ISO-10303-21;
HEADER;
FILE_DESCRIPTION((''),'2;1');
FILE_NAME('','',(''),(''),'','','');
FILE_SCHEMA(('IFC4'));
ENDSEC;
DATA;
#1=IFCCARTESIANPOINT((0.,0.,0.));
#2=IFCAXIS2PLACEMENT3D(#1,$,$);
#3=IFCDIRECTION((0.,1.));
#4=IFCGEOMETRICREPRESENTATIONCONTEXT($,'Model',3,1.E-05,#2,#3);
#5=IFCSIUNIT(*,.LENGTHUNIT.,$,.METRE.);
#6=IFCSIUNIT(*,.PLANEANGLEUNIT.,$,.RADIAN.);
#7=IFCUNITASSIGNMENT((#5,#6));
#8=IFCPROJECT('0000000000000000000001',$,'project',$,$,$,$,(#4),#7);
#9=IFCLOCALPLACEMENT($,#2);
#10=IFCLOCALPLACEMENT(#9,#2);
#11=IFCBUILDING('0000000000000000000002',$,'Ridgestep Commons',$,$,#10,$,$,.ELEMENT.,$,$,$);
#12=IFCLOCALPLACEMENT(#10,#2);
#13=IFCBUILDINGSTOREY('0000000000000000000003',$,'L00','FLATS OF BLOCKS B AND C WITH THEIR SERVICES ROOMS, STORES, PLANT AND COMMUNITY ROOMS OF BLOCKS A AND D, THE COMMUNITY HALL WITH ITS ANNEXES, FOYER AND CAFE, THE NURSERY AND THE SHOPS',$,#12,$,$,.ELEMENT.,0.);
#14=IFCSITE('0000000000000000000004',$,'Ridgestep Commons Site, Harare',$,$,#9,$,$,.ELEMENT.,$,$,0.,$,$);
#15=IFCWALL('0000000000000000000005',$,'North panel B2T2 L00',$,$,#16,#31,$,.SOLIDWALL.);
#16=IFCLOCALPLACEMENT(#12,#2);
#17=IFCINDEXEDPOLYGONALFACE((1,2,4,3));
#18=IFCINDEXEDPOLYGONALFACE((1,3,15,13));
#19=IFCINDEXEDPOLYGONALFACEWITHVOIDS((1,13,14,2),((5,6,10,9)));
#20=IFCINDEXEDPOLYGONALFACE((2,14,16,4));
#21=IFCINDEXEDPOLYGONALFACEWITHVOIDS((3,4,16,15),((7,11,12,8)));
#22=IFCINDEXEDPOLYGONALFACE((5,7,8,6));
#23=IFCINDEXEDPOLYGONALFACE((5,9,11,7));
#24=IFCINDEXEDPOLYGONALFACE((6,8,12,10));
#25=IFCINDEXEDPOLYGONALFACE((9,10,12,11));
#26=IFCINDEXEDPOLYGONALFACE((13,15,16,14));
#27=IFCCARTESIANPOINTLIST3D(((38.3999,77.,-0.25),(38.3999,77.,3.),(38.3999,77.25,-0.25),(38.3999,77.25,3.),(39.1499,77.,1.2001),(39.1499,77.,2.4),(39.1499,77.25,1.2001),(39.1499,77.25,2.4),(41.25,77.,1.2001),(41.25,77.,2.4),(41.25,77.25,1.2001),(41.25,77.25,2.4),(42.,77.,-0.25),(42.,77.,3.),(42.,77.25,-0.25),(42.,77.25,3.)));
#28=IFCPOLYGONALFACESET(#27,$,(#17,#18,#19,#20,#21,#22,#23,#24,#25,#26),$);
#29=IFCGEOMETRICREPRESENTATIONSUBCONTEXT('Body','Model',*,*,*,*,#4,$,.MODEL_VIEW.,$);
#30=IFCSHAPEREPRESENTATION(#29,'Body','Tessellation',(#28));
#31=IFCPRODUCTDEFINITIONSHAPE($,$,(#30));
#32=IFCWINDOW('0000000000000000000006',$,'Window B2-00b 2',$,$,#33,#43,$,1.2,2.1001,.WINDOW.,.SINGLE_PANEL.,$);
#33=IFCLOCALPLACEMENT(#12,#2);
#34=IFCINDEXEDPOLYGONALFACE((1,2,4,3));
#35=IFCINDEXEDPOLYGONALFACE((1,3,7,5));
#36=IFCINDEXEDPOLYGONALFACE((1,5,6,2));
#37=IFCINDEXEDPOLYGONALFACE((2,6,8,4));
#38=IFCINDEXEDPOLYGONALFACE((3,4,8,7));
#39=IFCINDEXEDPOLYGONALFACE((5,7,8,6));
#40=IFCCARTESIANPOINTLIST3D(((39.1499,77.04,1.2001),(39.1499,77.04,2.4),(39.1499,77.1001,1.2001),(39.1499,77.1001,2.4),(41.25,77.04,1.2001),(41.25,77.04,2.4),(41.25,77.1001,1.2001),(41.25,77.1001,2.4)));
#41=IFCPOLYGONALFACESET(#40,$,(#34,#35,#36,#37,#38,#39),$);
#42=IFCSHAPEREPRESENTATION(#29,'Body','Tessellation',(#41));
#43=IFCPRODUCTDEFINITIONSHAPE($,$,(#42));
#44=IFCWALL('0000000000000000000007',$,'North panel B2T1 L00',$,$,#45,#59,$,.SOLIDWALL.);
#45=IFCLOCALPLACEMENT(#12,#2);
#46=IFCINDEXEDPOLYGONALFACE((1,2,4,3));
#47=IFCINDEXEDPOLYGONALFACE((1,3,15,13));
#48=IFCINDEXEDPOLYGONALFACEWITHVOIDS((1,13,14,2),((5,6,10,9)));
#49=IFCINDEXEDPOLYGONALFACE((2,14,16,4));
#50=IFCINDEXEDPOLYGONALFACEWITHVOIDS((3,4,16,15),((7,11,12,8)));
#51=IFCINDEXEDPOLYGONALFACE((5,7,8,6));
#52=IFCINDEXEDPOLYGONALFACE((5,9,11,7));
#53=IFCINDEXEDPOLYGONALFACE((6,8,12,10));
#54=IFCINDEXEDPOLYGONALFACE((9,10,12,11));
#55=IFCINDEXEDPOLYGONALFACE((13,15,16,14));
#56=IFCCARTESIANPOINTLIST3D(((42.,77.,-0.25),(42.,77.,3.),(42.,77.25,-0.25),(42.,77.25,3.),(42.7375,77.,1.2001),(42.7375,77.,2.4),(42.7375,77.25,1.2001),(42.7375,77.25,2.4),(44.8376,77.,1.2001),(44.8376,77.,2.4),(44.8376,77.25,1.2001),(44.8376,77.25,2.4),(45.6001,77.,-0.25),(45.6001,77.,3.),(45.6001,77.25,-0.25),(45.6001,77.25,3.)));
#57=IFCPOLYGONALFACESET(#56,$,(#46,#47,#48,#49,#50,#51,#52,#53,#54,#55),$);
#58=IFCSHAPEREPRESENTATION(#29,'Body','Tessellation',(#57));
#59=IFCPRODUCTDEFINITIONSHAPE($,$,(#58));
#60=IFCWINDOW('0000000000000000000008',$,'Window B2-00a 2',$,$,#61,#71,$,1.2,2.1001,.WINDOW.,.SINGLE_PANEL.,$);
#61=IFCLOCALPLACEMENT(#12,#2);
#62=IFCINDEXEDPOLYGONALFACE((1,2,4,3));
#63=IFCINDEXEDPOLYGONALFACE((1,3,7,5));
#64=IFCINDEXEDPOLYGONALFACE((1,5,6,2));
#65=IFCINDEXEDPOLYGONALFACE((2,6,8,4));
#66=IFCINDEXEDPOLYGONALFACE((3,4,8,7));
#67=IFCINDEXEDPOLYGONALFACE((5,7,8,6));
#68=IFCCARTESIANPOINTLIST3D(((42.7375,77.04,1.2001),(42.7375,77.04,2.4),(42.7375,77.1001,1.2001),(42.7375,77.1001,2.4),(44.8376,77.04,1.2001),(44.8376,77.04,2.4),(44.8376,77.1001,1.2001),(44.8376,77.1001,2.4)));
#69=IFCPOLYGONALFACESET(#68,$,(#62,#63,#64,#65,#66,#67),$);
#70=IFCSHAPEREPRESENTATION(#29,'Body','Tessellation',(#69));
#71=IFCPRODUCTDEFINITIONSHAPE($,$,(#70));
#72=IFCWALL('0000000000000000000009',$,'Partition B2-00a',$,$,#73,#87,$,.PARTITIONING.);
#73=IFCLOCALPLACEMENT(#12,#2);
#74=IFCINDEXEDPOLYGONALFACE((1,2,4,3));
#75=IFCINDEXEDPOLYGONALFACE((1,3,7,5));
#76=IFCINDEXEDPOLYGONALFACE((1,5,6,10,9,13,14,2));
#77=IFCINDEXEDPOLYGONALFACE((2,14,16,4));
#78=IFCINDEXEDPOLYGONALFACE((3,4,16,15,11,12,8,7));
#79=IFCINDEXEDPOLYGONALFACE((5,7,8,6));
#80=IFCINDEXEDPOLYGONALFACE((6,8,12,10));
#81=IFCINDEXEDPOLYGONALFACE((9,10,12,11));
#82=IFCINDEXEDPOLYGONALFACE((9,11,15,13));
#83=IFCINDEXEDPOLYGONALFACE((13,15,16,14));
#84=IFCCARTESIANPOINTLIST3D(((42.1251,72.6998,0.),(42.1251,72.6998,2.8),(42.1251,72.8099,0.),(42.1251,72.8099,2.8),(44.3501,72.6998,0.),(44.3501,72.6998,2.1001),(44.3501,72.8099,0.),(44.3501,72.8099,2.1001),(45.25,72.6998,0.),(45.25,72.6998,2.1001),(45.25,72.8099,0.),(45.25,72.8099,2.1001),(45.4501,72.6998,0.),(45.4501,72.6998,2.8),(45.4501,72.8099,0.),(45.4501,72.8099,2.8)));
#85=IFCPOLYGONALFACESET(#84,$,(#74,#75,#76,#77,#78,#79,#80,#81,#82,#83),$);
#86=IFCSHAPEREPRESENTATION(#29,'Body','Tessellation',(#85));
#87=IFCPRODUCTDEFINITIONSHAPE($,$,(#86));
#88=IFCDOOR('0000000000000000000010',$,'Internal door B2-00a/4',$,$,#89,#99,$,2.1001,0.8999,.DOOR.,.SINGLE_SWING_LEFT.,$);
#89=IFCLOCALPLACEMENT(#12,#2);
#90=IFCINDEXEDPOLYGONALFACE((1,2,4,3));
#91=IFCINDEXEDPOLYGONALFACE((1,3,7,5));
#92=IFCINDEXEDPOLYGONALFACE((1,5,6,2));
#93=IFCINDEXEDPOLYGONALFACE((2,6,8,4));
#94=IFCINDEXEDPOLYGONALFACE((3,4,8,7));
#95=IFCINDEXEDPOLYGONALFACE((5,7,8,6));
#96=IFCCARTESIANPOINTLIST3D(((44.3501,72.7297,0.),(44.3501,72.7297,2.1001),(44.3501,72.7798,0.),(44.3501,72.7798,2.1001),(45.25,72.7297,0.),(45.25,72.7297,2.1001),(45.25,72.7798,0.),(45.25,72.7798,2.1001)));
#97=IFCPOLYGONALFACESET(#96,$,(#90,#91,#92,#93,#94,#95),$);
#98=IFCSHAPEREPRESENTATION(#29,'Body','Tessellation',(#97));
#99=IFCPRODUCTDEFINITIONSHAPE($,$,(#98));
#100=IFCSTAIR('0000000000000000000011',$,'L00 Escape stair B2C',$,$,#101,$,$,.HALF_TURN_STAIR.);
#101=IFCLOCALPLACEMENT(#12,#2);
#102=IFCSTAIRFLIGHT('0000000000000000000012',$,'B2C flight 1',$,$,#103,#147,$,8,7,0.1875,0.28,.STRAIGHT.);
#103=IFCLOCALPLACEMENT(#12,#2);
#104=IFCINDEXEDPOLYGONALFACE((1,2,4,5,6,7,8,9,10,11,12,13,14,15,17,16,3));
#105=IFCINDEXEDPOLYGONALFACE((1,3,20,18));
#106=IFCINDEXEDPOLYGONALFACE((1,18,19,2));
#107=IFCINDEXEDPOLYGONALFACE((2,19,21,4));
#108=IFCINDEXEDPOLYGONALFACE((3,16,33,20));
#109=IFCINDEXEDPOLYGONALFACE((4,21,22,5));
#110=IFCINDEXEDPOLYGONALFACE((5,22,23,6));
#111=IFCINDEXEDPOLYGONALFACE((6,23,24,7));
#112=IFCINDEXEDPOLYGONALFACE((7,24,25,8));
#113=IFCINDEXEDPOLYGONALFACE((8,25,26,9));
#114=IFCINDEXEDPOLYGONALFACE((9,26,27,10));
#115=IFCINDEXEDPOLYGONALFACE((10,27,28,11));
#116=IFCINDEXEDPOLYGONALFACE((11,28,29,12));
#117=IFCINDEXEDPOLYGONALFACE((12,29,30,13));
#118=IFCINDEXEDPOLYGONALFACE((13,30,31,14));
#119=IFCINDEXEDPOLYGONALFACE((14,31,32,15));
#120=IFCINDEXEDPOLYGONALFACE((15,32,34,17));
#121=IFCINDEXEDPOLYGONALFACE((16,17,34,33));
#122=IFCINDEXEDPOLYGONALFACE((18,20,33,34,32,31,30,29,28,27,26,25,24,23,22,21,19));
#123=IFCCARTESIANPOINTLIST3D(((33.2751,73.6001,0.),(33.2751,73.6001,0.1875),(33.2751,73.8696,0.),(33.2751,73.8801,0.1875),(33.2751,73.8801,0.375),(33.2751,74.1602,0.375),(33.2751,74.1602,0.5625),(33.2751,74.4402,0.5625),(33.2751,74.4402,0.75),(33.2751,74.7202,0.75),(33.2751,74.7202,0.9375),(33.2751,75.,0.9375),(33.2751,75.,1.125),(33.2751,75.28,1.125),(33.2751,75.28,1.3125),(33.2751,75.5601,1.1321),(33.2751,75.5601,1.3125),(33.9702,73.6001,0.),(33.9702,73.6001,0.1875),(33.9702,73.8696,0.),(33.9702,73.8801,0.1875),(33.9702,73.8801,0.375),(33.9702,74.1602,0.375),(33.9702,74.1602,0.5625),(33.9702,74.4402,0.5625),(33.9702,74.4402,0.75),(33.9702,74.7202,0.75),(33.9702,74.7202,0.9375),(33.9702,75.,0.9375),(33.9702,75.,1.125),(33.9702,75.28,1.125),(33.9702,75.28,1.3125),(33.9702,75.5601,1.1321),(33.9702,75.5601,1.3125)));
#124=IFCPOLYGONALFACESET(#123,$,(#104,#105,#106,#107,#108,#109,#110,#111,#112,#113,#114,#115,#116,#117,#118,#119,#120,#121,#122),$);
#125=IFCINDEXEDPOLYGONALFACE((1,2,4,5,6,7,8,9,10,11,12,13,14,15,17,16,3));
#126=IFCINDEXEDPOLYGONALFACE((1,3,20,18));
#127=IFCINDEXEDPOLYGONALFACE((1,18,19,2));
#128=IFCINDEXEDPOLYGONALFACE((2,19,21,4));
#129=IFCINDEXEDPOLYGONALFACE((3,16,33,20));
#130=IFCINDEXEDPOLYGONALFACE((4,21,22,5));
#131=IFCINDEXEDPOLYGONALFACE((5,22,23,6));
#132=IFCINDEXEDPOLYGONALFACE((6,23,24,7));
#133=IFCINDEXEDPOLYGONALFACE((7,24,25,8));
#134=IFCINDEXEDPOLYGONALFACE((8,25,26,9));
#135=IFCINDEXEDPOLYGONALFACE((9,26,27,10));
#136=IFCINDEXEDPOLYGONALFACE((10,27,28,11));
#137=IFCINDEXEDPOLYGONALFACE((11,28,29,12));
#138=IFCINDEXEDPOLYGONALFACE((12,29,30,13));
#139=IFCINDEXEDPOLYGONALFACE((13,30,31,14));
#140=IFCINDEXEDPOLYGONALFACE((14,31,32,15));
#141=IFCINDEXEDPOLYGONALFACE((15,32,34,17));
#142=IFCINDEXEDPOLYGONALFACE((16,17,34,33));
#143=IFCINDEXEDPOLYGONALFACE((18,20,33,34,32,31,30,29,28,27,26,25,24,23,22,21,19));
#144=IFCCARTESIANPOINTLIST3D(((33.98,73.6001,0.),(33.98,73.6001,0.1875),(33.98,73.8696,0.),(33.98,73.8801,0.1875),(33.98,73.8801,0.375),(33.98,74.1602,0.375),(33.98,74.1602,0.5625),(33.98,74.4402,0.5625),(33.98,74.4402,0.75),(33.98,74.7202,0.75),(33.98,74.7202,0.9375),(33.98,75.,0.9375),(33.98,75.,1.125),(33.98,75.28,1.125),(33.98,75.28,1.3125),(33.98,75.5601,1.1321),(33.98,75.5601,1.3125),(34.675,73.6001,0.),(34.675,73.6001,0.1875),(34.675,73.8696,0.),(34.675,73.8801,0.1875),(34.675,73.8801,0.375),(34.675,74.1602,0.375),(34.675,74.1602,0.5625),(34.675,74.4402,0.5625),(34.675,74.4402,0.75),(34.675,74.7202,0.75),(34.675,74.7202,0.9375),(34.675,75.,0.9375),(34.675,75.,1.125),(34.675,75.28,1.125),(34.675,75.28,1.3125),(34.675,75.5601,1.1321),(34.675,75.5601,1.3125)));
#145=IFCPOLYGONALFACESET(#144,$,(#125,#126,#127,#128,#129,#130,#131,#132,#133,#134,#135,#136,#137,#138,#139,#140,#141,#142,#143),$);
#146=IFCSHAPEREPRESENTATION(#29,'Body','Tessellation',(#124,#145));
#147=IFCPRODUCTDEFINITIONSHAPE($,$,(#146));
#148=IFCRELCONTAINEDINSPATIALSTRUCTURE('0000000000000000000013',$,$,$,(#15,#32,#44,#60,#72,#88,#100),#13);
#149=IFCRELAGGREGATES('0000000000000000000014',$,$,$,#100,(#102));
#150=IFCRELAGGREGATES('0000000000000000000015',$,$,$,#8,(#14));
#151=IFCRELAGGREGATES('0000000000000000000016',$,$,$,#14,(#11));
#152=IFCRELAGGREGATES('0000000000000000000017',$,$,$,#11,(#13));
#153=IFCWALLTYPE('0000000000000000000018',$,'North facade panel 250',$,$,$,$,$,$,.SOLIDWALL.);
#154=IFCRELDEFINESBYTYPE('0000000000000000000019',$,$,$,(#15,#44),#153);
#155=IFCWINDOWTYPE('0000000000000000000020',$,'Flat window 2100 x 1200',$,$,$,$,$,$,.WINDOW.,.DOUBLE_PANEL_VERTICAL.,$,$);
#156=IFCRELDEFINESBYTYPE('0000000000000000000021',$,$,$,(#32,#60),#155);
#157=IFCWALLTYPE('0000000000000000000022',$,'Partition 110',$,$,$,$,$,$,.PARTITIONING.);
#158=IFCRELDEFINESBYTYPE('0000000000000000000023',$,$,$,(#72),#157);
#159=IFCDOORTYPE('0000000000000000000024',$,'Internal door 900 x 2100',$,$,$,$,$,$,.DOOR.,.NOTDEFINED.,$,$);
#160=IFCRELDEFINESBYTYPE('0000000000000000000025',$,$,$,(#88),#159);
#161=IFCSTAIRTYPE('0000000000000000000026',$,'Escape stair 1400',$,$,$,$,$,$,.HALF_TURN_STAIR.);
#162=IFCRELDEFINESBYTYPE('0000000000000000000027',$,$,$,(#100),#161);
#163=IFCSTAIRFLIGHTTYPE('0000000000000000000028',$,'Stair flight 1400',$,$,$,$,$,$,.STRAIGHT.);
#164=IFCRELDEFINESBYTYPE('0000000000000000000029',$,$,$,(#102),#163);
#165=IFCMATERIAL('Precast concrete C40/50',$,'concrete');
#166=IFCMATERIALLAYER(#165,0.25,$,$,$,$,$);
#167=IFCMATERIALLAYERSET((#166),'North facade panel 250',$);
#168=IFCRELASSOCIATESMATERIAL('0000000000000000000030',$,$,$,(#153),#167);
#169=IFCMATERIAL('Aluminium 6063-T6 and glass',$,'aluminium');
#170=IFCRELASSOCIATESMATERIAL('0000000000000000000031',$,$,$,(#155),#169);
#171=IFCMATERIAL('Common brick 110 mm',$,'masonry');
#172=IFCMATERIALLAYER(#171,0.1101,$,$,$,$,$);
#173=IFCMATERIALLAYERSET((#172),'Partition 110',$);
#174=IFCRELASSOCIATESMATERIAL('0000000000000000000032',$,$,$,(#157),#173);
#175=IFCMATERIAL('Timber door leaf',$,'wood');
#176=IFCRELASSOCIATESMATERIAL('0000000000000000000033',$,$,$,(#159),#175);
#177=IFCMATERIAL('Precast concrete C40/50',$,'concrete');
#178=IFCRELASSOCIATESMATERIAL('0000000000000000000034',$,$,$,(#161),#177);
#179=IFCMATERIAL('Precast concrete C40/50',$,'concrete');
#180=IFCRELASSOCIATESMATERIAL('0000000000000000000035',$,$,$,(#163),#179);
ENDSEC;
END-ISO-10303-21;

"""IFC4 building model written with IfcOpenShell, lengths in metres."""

from ifc_helpers import new_model, si_unit, direction, frame, frame_2d, origin, place, context, subcontext, project, spatial, polyline, rectangle, outline, extrude, material, layer, layer_set, type_object, element, fill, aggregate, save


model = new_model("IFC4")

# Units and contexts
model_context = context("Model", 3, precision=1e-05, world=origin(), true_north=direction((0.0, 1.0)))
body_context = subcontext(model_context, "Body", "Model", "MODEL_VIEW")
ifc_project = project(units=[si_unit("LENGTHUNIT", "METRE"), si_unit("PLANEANGLEUNIT", "RADIAN")], contexts=[model_context])

# Site, building, storey
site_placement = place(None, origin())
site = spatial("IfcSite", under=ifc_project, at=site_placement, Name="Ridgestep Commons Site, Harare", CompositionType="ELEMENT", RefElevation=0.0)
building_placement = place(site_placement, origin())
building = spatial("IfcBuilding", under=site, at=building_placement, Name="Ridgestep Commons", CompositionType="ELEMENT")
storey_placement = place(building_placement, origin())
storey = spatial("IfcBuildingStorey", under=building, at=storey_placement, Name="L00", Description="FLATS OF BLOCKS B AND C WITH THEIR SERVICES ROOMS, STORES, PLANT AND COMMUNITY ROOMS OF BLOCKS A AND D, THE COMMUNITY HALL WITH ITS ANNEXES, FOYER AND CAFE, THE NURSERY AND THE SHOPS", CompositionType="ELEMENT", Elevation=0.0)

# Shared definitions
ifc_material_1 = material(Name="Precast concrete C40/50", Category="concrete")
ifc_layer_1 = layer(ifc_material_1, 0.25)
ifc_layer_set_1 = layer_set([ifc_layer_1], Name="North facade panel 250")
wall_type_1 = type_object("IfcWallType", Name="North facade panel 250", PredefinedType="SOLIDWALL", material=ifc_layer_set_1)

# Walls, openings, windows
wall_1_placement = place(storey_placement, frame((38.3999, 77.125, -0.25), z_axis=(0.0, 0.0, 1.0), x_axis=(1.0, 0.0, 0.0)))
wall_1 = element("IfcWall", 1, at=wall_1_placement, inside=storey, type_object=wall_type_1, Name="North panel B2T2 L00", PredefinedType="SOLIDWALL", context=body_context, shape_type="SweptSolid", body=[
    extrude(rectangle(XDim=3.6001, YDim=0.25, at=frame_2d((1.8, 0.0))), origin(), (0.0, 0.0, 1.0), 3.25),
])
opening_1_placement = place(wall_1_placement, frame((0.75, 0.0, 1.45)))
opening_1 = element("IfcOpeningElement", 2, at=opening_1_placement, cuts=wall_1, PredefinedType="OPENING", context=body_context, shape_type="SweptSolid", body=[
    extrude(rectangle(XDim=2.1001, YDim=1.2, at=frame_2d((1.05, 0.6001))), frame((0.0, 0.135, 0.0), z_axis=(0.0, -1.0, 0.0), x_axis=(1.0, 0.0, 0.0)), (0.0, 0.0, 1.0), 0.27),
])
ifc_material_2 = material(Name="Aluminium 6063-T6 and glass", Category="aluminium")
window_type_1 = type_object("IfcWindowType", Name="Flat window 2100 x 1200", PartitioningType="DOUBLE_PANEL_VERTICAL", PredefinedType="WINDOW", material=ifc_material_2)
window_1_placement = place(opening_1_placement, origin())
window_1 = element("IfcWindow", 3, at=window_1_placement, inside=storey, type_object=window_type_1, Name="Window B2-00b 2", OverallHeight=1.2, OverallWidth=2.1001, PartitioningType="SINGLE_PANEL", PredefinedType="WINDOW", context=body_context, shape_type="SweptSolid", body=[
    extrude(rectangle(XDim=2.1001, YDim=1.2, at=frame_2d((1.05, 0.6001))), frame((0.0, -0.0249, 0.0), z_axis=(0.0, -1.0, 0.0), x_axis=(1.0, 0.0, 0.0)), (0.0, 0.0, 1.0), 0.0601),
])
fill(opening_1, window_1)
wall_2_placement = place(storey_placement, frame((42.0, 77.125, -0.25), z_axis=(0.0, 0.0, 1.0), x_axis=(1.0, 0.0, 0.0)))
wall_2 = element("IfcWall", 4, at=wall_2_placement, inside=storey, type_object=wall_type_1, Name="North panel B2T1 L00", PredefinedType="SOLIDWALL", context=body_context, shape_type="SweptSolid", body=[
    extrude(rectangle(XDim=3.6001, YDim=0.25, at=frame_2d((1.8, 0.0))), origin(), (0.0, 0.0, 1.0), 3.25),
])
opening_2_placement = place(wall_2_placement, frame((0.7375, 0.0, 1.45)))
opening_2 = element("IfcOpeningElement", 5, at=opening_2_placement, cuts=wall_2, PredefinedType="OPENING", context=body_context, shape_type="SweptSolid", body=[
    extrude(rectangle(XDim=2.1001, YDim=1.2, at=frame_2d((1.05, 0.6001))), frame((0.0, 0.135, 0.0), z_axis=(0.0, -1.0, 0.0), x_axis=(1.0, 0.0, 0.0)), (0.0, 0.0, 1.0), 0.27),
])
window_2_placement = place(opening_2_placement, origin())
window_2 = element("IfcWindow", 6, at=window_2_placement, inside=storey, type_object=window_type_1, Name="Window B2-00a 2", OverallHeight=1.2, OverallWidth=2.1001, PartitioningType="SINGLE_PANEL", PredefinedType="WINDOW", context=body_context, shape_type="SweptSolid", body=[
    extrude(rectangle(XDim=2.1001, YDim=1.2, at=frame_2d((1.05, 0.6001))), frame((0.0, -0.0249, 0.0), z_axis=(0.0, -1.0, 0.0), x_axis=(1.0, 0.0, 0.0)), (0.0, 0.0, 1.0), 0.0601),
])
fill(opening_2, window_2)

# Wall, opening, door
ifc_material_3 = material(Name="Common brick 110 mm", Category="masonry")
ifc_layer_2 = layer(ifc_material_3, 0.1101)
ifc_layer_set_2 = layer_set([ifc_layer_2], Name="Partition 110")
wall_type_2 = type_object("IfcWallType", Name="Partition 110", PredefinedType="PARTITIONING", material=ifc_layer_set_2)
wall_3_placement = place(storey_placement, frame((42.125, 72.7549, 0.0), z_axis=(0.0, 0.0, 1.0), x_axis=(1.0, 0.0, 0.0)))
wall_3 = element("IfcWall", 7, at=wall_3_placement, inside=storey, type_object=wall_type_2, Name="Partition B2-00a", PredefinedType="PARTITIONING", context=body_context, shape_type="SweptSolid", body=[
    extrude(rectangle(XDim=3.325, YDim=0.1101, at=frame_2d((1.6626, 0.0))), origin(), (0.0, 0.0, 1.0), 2.8),
])
opening_3_placement = place(wall_3_placement, frame((2.2251, 0.0, 0.0)))
opening_3 = element("IfcOpeningElement", 8, at=opening_3_placement, cuts=wall_3, PredefinedType="OPENING", context=body_context, shape_type="SweptSolid", body=[
    extrude(rectangle(XDim=0.8999, YDim=2.1001, at=frame_2d((0.45, 1.05))), frame((0.0, 0.0649, 0.0), z_axis=(0.0, -1.0, 0.0), x_axis=(1.0, 0.0, 0.0)), (0.0, 0.0, 1.0), 0.1301),
])
ifc_material_4 = material(Name="Timber door leaf", Category="wood")
door_type_1 = type_object("IfcDoorType", Name="Internal door 900 x 2100", OperationType="NOTDEFINED", PredefinedType="DOOR", material=ifc_material_4)
door_1_placement = place(opening_3_placement, origin())
door_1 = element("IfcDoor", 9, at=door_1_placement, inside=storey, type_object=door_type_1, Name="Internal door B2-00a/4", OperationType="SINGLE_SWING_LEFT", OverallHeight=2.1001, OverallWidth=0.8999, PredefinedType="DOOR", context=body_context, shape_type="SweptSolid", body=[
    extrude(rectangle(XDim=0.8999, YDim=2.1001, at=frame_2d((0.45, 1.05))), frame((0.0, 0.0249, 0.0), z_axis=(0.0, -1.0, 0.0), x_axis=(1.0, 0.0, 0.0)), (0.0, 0.0, 1.0), 0.05),
])
fill(opening_3, door_1)

# Stair, stair flight
ifc_material_5 = material(Name="Precast concrete C40/50", Category="concrete")
stair_type = type_object("IfcStairType", Name="Escape stair 1400", PredefinedType="HALF_TURN_STAIR", material=ifc_material_5)
stair_placement = place(storey_placement, origin())
stair = element("IfcStair", 10, at=stair_placement, inside=storey, type_object=stair_type, Name="L00 Escape stair B2C", PredefinedType="HALF_TURN_STAIR")
ifc_material_6 = material(Name="Precast concrete C40/50", Category="concrete")
stair_flight_type = type_object("IfcStairFlightType", Name="Stair flight 1400", PredefinedType="STRAIGHT", material=ifc_material_6)
stair_flight_placement = place(storey_placement, frame((33.9751, 73.6001, 0.0), z_axis=(0.0, 0.0, 1.0), x_axis=(0.0, 1.0, 0.0)))
stair_flight = element("IfcStairFlight", 11, at=stair_flight_placement, type_object=stair_flight_type, Name="B2C flight 1", NumberOfRisers=8, NumberOfTreads=7, PredefinedType="STRAIGHT", RiserHeight=0.1875, TreadLength=0.28, context=body_context, shape_type="SweptSolid", body=[
    extrude(outline(polyline([(0.0, 0.0), (0.0, 0.1875), (0.28, 0.1875), (0.28, 0.375), (0.5601, 0.375), (0.5601, 0.5625), (0.8401, 0.5625), (0.8401, 0.75), (1.1201, 0.75), (1.1201, 0.9375), (1.3999, 0.9375), (1.3999, 1.125), (1.6799, 1.125), (1.6799, 1.3125), (1.96, 1.3125), (1.96, 1.5), (1.96, 1.1321), (0.2695, 0.0), (0.0, 0.0)])), frame((0.0, 0.7, 0.0), z_axis=(0.0, -1.0, 0.0), x_axis=(1.0, 0.0, 0.0)), (0.0, 0.0, 1.0), 0.6951),
    extrude(outline(polyline([(0.0, 0.0), (0.0, 0.1875), (0.28, 0.1875), (0.28, 0.375), (0.5601, 0.375), (0.5601, 0.5625), (0.8401, 0.5625), (0.8401, 0.75), (1.1201, 0.75), (1.1201, 0.9375), (1.3999, 0.9375), (1.3999, 1.125), (1.6799, 1.125), (1.6799, 1.3125), (1.96, 1.3125), (1.96, 1.5), (1.96, 1.1321), (0.2695, 0.0), (0.0, 0.0)])), frame((0.0, -0.0049, 0.0), z_axis=(0.0, -1.0, 0.0), x_axis=(1.0, 0.0, 0.0)), (0.0, 0.0, 1.0), 0.6951),
])
aggregate(stair, [stair_flight])

save(model, "model.ifc")
